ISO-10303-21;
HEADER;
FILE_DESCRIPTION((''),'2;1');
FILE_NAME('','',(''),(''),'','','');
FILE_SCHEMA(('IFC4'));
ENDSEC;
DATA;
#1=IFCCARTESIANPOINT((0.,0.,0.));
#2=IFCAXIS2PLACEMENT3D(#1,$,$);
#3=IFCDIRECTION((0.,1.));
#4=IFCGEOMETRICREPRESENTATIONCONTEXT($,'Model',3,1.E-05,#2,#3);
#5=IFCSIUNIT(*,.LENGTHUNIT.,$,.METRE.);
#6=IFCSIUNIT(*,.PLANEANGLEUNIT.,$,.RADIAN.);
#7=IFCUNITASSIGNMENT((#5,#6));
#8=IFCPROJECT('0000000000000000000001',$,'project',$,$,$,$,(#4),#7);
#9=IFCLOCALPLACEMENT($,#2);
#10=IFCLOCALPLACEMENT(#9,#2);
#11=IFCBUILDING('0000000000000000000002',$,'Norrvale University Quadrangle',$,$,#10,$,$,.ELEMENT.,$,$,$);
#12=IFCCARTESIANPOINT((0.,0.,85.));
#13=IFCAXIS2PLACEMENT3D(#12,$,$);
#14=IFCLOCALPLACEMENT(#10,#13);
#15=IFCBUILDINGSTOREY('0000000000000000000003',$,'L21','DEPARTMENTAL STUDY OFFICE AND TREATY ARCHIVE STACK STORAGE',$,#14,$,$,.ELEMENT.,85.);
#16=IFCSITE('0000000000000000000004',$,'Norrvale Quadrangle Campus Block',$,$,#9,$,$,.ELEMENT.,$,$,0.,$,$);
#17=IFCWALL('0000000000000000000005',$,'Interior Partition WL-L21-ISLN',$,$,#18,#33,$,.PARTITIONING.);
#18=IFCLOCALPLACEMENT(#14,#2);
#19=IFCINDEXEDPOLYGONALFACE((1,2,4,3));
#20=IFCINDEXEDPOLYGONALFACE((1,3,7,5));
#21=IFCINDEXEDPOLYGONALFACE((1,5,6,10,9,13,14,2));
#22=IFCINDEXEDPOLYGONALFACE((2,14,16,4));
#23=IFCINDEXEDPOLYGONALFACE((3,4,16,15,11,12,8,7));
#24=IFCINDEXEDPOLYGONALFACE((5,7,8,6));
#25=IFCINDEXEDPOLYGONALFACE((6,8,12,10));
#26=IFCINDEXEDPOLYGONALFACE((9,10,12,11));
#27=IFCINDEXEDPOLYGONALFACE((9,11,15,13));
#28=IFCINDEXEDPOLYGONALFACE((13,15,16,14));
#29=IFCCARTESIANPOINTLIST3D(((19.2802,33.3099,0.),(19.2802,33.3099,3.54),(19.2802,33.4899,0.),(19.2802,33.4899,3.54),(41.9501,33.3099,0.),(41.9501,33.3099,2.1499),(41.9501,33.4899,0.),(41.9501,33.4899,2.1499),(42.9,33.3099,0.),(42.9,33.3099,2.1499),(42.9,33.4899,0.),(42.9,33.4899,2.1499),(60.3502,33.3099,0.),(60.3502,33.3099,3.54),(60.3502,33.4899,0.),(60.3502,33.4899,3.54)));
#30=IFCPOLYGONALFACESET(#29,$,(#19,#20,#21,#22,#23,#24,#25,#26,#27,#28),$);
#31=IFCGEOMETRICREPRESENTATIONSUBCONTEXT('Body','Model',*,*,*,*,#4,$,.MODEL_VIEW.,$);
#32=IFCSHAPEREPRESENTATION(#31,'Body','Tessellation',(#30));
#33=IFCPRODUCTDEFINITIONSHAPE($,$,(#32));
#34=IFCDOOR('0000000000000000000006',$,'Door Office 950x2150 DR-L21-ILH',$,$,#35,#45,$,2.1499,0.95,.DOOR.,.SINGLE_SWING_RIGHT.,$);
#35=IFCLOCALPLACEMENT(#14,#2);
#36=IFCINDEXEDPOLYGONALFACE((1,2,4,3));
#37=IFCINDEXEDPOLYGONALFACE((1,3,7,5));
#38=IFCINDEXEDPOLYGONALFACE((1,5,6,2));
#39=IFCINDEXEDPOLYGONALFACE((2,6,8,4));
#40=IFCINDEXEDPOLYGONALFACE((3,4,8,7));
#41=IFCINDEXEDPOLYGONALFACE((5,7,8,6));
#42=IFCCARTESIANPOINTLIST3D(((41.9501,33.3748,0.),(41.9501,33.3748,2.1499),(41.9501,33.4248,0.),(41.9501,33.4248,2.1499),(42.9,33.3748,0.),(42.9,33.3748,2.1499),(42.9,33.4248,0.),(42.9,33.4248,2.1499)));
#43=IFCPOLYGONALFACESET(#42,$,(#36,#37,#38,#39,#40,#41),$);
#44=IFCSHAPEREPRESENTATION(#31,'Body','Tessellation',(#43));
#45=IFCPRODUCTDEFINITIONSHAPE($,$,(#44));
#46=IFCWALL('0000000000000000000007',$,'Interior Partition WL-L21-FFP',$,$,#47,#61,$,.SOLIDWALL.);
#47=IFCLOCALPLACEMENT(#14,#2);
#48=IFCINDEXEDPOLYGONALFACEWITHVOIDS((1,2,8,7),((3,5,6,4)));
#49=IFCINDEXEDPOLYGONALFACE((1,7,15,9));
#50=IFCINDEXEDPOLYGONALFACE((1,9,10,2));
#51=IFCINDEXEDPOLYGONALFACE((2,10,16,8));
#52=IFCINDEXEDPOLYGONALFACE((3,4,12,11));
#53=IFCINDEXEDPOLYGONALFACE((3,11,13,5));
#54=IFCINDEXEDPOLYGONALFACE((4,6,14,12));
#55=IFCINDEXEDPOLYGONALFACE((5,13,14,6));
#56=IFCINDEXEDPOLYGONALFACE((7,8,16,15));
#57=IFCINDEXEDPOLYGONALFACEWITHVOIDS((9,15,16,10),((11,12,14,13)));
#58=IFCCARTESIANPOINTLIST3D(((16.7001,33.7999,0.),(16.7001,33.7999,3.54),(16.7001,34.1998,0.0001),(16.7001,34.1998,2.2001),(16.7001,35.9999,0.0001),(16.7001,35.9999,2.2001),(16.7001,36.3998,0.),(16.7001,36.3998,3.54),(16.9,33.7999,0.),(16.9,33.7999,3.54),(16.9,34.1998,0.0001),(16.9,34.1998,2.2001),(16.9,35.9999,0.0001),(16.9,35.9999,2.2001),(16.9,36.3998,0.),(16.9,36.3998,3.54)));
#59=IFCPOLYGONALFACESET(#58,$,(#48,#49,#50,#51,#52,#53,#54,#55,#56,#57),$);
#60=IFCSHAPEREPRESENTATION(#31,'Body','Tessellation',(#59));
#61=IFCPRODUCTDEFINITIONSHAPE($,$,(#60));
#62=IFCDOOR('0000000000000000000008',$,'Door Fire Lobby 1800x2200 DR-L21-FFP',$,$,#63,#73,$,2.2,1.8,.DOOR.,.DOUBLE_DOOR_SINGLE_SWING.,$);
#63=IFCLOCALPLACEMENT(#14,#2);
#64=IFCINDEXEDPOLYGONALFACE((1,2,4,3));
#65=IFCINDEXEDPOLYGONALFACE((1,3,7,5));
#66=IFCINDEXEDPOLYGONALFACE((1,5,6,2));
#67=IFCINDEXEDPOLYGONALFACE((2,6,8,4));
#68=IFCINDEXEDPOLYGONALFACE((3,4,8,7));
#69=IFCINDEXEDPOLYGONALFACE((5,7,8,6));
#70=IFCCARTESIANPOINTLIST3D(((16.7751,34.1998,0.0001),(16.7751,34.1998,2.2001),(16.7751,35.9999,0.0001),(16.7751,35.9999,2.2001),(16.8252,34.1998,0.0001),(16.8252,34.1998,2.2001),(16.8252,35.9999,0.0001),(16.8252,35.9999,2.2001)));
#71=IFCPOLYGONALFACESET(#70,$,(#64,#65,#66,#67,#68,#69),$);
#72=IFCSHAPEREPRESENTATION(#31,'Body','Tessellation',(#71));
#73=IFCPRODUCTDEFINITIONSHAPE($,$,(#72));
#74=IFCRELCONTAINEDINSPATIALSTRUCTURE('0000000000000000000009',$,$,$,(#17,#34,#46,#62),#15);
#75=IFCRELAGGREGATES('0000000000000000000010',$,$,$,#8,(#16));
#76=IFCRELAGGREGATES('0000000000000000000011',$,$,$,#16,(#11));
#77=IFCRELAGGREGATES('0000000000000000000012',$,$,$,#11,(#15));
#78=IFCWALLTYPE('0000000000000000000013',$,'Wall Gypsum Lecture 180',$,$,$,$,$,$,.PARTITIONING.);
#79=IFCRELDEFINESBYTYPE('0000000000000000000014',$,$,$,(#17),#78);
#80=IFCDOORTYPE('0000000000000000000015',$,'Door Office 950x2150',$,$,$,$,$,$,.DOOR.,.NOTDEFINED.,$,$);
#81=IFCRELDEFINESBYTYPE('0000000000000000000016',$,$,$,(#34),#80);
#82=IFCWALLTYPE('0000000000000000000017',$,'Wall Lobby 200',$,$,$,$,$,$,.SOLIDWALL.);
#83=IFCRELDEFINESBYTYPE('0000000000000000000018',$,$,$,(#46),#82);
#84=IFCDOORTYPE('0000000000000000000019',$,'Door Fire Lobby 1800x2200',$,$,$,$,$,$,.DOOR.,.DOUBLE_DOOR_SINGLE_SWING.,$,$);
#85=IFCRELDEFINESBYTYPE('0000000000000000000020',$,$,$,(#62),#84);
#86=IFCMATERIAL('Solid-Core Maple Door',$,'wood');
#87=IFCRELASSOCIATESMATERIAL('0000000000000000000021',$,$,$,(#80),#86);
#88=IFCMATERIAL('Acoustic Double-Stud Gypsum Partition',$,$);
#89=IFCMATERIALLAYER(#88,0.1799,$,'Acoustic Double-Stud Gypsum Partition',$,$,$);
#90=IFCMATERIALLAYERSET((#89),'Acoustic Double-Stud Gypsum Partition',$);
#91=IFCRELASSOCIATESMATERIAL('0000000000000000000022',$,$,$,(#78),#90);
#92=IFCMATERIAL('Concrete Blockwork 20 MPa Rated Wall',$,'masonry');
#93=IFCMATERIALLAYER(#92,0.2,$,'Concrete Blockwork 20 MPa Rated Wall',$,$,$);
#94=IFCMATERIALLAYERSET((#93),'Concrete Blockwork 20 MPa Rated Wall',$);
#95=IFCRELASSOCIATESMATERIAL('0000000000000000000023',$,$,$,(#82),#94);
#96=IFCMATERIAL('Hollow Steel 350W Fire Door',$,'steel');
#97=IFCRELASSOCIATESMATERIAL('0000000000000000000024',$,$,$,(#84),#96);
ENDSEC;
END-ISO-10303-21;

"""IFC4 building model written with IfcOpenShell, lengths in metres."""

from ifc_helpers import new_model, si_unit, direction, frame, frame_2d, origin, place, context, subcontext, project, spatial, rectangle, extrude, material, layer, layer_set, type_object, element, fill, save


model = new_model("IFC4")

# Units and contexts
model_context = context("Model", 3, precision=1e-05, world=origin(), true_north=direction((0.0, 1.0)))
body_context = subcontext(model_context, "Body", "Model", "MODEL_VIEW")
ifc_project = project(units=[si_unit("LENGTHUNIT", "METRE"), si_unit("PLANEANGLEUNIT", "RADIAN")], contexts=[model_context])

# Site, building, storey
site_placement = place(None, origin())
site = spatial("IfcSite", under=ifc_project, at=site_placement, Name="Norrvale Quadrangle Campus Block", CompositionType="ELEMENT", RefElevation=0.0)
building_placement = place(site_placement, origin())
building = spatial("IfcBuilding", under=site, at=building_placement, Name="Norrvale University Quadrangle", CompositionType="ELEMENT")
storey_placement = place(building_placement, frame((0.0, 0.0, 85.0)))
storey = spatial("IfcBuildingStorey", under=building, at=storey_placement, Name="L21", Description="DEPARTMENTAL STUDY OFFICE AND TREATY ARCHIVE STACK STORAGE", CompositionType="ELEMENT", Elevation=85.0)

# Walls, openings, doors
ifc_material_1 = material(Name="Solid-Core Maple Door", Category="wood")
door_type_1 = type_object("IfcDoorType", Name="Door Office 950x2150", OperationType="NOTDEFINED", PredefinedType="DOOR", material=ifc_material_1)
ifc_material_2 = material(Name="Acoustic Double-Stud Gypsum Partition")
ifc_layer_1 = layer(ifc_material_2, 0.1799, Name="Acoustic Double-Stud Gypsum Partition")
ifc_layer_set_1 = layer_set([ifc_layer_1], Name="Acoustic Double-Stud Gypsum Partition")
wall_type_1 = type_object("IfcWallType", Name="Wall Gypsum Lecture 180", PredefinedType="PARTITIONING", material=ifc_layer_set_1)
wall_1_placement = place(storey_placement, frame((19.28, 33.3999, 0.0), z_axis=(0.0, 0.0, 1.0), x_axis=(1.0, 0.0, 0.0)))
wall_1 = element("IfcWall", 1, at=wall_1_placement, inside=storey, type_object=wall_type_1, Name="Interior Partition WL-L21-ISLN", PredefinedType="PARTITIONING", context=body_context, shape_type="SweptSolid", body=[
    extrude(rectangle(XDim=41.0701, YDim=0.1799, at=frame_2d((20.5352, 0.0))), origin(), (0.0, 0.0, 1.0), 3.54),
])
opening_1_placement = place(wall_1_placement, frame((22.6699, 0.0, 0.0)))
opening_1 = element("IfcOpeningElement", 2, at=opening_1_placement, cuts=wall_1, PredefinedType="OPENING", context=body_context, shape_type="SweptSolid", body=[
    extrude(rectangle(XDim=0.95, YDim=2.1499, at=frame_2d((0.4751, 1.075))), frame((0.0, 0.1021, 0.0), z_axis=(0.0, -1.0, 0.0), x_axis=(1.0, 0.0, 0.0)), (0.0, 0.0, 1.0), 0.2039),
])
door_1_placement = place(opening_1_placement, origin())
door_1 = element("IfcDoor", 3, at=door_1_placement, inside=storey, type_object=door_type_1, Name="Door Office 950x2150 DR-L21-ILH", OperationType="SINGLE_SWING_RIGHT", OverallHeight=2.1499, OverallWidth=0.95, PredefinedType="DOOR", context=body_context, shape_type="SweptSolid", body=[
    extrude(rectangle(XDim=0.95, YDim=2.1499, at=frame_2d((0.4751, 1.075))), frame((0.0, 0.0249, 0.0), z_axis=(0.0, -1.0, 0.0), x_axis=(1.0, 0.0, 0.0)), (0.0, 0.0, 1.0), 0.05),
])
fill(opening_1, door_1)
ifc_material_3 = material(Name="Concrete Blockwork 20 MPa Rated Wall", Category="masonry")
ifc_layer_2 = layer(ifc_material_3, 0.2, Name="Concrete Blockwork 20 MPa Rated Wall")
ifc_layer_set_2 = layer_set([ifc_layer_2], Name="Concrete Blockwork 20 MPa Rated Wall")
wall_type_2 = type_object("IfcWallType", Name="Wall Lobby 200", PredefinedType="SOLIDWALL", material=ifc_layer_set_2)
wall_2_placement = place(storey_placement, frame((16.8, 33.8, 0.0), z_axis=(0.0, 0.0, 1.0), x_axis=(0.0, 1.0, 0.0)))
wall_2 = element("IfcWall", 4, at=wall_2_placement, inside=storey, type_object=wall_type_2, Name="Interior Partition WL-L21-FFP", PredefinedType="SOLIDWALL", context=body_context, shape_type="SweptSolid", body=[
    extrude(rectangle(XDim=2.5999, YDim=0.2, at=frame_2d((1.2998, 0.0))), origin(), (0.0, 0.0, 1.0), 3.54),
])
opening_2_placement = place(wall_2_placement, frame((0.3999, 0.0, 0.0)))
opening_2 = element("IfcOpeningElement", 5, at=opening_2_placement, cuts=wall_2, PredefinedType="OPENING", context=body_context, shape_type="SweptSolid", body=[
    extrude(rectangle(XDim=1.8, YDim=2.2, at=frame_2d((0.8999, 1.1001))), frame((0.0, 0.1121, 0.0), z_axis=(0.0, -1.0, 0.0), x_axis=(1.0, 0.0, 0.0)), (0.0, 0.0, 1.0), 0.2239),
])
ifc_material_4 = material(Name="Hollow Steel 350W Fire Door", Category="steel")
door_type_2 = type_object("IfcDoorType", Name="Door Fire Lobby 1800x2200", OperationType="DOUBLE_DOOR_SINGLE_SWING", PredefinedType="DOOR", material=ifc_material_4)
door_2_placement = place(opening_2_placement, origin())
door_2 = element("IfcDoor", 6, at=door_2_placement, inside=storey, type_object=door_type_2, Name="Door Fire Lobby 1800x2200 DR-L21-FFP", OperationType="DOUBLE_DOOR_SINGLE_SWING", OverallHeight=2.2, OverallWidth=1.8, PredefinedType="DOOR", context=body_context, shape_type="SweptSolid", body=[
    extrude(rectangle(XDim=1.8, YDim=2.2, at=frame_2d((0.8999, 1.1001))), frame((0.0, 0.0249, 0.0), z_axis=(0.0, -1.0, 0.0), x_axis=(1.0, 0.0, 0.0)), (0.0, 0.0, 1.0), 0.05),
])
fill(opening_2, door_2)

save(model, "model.ifc")
